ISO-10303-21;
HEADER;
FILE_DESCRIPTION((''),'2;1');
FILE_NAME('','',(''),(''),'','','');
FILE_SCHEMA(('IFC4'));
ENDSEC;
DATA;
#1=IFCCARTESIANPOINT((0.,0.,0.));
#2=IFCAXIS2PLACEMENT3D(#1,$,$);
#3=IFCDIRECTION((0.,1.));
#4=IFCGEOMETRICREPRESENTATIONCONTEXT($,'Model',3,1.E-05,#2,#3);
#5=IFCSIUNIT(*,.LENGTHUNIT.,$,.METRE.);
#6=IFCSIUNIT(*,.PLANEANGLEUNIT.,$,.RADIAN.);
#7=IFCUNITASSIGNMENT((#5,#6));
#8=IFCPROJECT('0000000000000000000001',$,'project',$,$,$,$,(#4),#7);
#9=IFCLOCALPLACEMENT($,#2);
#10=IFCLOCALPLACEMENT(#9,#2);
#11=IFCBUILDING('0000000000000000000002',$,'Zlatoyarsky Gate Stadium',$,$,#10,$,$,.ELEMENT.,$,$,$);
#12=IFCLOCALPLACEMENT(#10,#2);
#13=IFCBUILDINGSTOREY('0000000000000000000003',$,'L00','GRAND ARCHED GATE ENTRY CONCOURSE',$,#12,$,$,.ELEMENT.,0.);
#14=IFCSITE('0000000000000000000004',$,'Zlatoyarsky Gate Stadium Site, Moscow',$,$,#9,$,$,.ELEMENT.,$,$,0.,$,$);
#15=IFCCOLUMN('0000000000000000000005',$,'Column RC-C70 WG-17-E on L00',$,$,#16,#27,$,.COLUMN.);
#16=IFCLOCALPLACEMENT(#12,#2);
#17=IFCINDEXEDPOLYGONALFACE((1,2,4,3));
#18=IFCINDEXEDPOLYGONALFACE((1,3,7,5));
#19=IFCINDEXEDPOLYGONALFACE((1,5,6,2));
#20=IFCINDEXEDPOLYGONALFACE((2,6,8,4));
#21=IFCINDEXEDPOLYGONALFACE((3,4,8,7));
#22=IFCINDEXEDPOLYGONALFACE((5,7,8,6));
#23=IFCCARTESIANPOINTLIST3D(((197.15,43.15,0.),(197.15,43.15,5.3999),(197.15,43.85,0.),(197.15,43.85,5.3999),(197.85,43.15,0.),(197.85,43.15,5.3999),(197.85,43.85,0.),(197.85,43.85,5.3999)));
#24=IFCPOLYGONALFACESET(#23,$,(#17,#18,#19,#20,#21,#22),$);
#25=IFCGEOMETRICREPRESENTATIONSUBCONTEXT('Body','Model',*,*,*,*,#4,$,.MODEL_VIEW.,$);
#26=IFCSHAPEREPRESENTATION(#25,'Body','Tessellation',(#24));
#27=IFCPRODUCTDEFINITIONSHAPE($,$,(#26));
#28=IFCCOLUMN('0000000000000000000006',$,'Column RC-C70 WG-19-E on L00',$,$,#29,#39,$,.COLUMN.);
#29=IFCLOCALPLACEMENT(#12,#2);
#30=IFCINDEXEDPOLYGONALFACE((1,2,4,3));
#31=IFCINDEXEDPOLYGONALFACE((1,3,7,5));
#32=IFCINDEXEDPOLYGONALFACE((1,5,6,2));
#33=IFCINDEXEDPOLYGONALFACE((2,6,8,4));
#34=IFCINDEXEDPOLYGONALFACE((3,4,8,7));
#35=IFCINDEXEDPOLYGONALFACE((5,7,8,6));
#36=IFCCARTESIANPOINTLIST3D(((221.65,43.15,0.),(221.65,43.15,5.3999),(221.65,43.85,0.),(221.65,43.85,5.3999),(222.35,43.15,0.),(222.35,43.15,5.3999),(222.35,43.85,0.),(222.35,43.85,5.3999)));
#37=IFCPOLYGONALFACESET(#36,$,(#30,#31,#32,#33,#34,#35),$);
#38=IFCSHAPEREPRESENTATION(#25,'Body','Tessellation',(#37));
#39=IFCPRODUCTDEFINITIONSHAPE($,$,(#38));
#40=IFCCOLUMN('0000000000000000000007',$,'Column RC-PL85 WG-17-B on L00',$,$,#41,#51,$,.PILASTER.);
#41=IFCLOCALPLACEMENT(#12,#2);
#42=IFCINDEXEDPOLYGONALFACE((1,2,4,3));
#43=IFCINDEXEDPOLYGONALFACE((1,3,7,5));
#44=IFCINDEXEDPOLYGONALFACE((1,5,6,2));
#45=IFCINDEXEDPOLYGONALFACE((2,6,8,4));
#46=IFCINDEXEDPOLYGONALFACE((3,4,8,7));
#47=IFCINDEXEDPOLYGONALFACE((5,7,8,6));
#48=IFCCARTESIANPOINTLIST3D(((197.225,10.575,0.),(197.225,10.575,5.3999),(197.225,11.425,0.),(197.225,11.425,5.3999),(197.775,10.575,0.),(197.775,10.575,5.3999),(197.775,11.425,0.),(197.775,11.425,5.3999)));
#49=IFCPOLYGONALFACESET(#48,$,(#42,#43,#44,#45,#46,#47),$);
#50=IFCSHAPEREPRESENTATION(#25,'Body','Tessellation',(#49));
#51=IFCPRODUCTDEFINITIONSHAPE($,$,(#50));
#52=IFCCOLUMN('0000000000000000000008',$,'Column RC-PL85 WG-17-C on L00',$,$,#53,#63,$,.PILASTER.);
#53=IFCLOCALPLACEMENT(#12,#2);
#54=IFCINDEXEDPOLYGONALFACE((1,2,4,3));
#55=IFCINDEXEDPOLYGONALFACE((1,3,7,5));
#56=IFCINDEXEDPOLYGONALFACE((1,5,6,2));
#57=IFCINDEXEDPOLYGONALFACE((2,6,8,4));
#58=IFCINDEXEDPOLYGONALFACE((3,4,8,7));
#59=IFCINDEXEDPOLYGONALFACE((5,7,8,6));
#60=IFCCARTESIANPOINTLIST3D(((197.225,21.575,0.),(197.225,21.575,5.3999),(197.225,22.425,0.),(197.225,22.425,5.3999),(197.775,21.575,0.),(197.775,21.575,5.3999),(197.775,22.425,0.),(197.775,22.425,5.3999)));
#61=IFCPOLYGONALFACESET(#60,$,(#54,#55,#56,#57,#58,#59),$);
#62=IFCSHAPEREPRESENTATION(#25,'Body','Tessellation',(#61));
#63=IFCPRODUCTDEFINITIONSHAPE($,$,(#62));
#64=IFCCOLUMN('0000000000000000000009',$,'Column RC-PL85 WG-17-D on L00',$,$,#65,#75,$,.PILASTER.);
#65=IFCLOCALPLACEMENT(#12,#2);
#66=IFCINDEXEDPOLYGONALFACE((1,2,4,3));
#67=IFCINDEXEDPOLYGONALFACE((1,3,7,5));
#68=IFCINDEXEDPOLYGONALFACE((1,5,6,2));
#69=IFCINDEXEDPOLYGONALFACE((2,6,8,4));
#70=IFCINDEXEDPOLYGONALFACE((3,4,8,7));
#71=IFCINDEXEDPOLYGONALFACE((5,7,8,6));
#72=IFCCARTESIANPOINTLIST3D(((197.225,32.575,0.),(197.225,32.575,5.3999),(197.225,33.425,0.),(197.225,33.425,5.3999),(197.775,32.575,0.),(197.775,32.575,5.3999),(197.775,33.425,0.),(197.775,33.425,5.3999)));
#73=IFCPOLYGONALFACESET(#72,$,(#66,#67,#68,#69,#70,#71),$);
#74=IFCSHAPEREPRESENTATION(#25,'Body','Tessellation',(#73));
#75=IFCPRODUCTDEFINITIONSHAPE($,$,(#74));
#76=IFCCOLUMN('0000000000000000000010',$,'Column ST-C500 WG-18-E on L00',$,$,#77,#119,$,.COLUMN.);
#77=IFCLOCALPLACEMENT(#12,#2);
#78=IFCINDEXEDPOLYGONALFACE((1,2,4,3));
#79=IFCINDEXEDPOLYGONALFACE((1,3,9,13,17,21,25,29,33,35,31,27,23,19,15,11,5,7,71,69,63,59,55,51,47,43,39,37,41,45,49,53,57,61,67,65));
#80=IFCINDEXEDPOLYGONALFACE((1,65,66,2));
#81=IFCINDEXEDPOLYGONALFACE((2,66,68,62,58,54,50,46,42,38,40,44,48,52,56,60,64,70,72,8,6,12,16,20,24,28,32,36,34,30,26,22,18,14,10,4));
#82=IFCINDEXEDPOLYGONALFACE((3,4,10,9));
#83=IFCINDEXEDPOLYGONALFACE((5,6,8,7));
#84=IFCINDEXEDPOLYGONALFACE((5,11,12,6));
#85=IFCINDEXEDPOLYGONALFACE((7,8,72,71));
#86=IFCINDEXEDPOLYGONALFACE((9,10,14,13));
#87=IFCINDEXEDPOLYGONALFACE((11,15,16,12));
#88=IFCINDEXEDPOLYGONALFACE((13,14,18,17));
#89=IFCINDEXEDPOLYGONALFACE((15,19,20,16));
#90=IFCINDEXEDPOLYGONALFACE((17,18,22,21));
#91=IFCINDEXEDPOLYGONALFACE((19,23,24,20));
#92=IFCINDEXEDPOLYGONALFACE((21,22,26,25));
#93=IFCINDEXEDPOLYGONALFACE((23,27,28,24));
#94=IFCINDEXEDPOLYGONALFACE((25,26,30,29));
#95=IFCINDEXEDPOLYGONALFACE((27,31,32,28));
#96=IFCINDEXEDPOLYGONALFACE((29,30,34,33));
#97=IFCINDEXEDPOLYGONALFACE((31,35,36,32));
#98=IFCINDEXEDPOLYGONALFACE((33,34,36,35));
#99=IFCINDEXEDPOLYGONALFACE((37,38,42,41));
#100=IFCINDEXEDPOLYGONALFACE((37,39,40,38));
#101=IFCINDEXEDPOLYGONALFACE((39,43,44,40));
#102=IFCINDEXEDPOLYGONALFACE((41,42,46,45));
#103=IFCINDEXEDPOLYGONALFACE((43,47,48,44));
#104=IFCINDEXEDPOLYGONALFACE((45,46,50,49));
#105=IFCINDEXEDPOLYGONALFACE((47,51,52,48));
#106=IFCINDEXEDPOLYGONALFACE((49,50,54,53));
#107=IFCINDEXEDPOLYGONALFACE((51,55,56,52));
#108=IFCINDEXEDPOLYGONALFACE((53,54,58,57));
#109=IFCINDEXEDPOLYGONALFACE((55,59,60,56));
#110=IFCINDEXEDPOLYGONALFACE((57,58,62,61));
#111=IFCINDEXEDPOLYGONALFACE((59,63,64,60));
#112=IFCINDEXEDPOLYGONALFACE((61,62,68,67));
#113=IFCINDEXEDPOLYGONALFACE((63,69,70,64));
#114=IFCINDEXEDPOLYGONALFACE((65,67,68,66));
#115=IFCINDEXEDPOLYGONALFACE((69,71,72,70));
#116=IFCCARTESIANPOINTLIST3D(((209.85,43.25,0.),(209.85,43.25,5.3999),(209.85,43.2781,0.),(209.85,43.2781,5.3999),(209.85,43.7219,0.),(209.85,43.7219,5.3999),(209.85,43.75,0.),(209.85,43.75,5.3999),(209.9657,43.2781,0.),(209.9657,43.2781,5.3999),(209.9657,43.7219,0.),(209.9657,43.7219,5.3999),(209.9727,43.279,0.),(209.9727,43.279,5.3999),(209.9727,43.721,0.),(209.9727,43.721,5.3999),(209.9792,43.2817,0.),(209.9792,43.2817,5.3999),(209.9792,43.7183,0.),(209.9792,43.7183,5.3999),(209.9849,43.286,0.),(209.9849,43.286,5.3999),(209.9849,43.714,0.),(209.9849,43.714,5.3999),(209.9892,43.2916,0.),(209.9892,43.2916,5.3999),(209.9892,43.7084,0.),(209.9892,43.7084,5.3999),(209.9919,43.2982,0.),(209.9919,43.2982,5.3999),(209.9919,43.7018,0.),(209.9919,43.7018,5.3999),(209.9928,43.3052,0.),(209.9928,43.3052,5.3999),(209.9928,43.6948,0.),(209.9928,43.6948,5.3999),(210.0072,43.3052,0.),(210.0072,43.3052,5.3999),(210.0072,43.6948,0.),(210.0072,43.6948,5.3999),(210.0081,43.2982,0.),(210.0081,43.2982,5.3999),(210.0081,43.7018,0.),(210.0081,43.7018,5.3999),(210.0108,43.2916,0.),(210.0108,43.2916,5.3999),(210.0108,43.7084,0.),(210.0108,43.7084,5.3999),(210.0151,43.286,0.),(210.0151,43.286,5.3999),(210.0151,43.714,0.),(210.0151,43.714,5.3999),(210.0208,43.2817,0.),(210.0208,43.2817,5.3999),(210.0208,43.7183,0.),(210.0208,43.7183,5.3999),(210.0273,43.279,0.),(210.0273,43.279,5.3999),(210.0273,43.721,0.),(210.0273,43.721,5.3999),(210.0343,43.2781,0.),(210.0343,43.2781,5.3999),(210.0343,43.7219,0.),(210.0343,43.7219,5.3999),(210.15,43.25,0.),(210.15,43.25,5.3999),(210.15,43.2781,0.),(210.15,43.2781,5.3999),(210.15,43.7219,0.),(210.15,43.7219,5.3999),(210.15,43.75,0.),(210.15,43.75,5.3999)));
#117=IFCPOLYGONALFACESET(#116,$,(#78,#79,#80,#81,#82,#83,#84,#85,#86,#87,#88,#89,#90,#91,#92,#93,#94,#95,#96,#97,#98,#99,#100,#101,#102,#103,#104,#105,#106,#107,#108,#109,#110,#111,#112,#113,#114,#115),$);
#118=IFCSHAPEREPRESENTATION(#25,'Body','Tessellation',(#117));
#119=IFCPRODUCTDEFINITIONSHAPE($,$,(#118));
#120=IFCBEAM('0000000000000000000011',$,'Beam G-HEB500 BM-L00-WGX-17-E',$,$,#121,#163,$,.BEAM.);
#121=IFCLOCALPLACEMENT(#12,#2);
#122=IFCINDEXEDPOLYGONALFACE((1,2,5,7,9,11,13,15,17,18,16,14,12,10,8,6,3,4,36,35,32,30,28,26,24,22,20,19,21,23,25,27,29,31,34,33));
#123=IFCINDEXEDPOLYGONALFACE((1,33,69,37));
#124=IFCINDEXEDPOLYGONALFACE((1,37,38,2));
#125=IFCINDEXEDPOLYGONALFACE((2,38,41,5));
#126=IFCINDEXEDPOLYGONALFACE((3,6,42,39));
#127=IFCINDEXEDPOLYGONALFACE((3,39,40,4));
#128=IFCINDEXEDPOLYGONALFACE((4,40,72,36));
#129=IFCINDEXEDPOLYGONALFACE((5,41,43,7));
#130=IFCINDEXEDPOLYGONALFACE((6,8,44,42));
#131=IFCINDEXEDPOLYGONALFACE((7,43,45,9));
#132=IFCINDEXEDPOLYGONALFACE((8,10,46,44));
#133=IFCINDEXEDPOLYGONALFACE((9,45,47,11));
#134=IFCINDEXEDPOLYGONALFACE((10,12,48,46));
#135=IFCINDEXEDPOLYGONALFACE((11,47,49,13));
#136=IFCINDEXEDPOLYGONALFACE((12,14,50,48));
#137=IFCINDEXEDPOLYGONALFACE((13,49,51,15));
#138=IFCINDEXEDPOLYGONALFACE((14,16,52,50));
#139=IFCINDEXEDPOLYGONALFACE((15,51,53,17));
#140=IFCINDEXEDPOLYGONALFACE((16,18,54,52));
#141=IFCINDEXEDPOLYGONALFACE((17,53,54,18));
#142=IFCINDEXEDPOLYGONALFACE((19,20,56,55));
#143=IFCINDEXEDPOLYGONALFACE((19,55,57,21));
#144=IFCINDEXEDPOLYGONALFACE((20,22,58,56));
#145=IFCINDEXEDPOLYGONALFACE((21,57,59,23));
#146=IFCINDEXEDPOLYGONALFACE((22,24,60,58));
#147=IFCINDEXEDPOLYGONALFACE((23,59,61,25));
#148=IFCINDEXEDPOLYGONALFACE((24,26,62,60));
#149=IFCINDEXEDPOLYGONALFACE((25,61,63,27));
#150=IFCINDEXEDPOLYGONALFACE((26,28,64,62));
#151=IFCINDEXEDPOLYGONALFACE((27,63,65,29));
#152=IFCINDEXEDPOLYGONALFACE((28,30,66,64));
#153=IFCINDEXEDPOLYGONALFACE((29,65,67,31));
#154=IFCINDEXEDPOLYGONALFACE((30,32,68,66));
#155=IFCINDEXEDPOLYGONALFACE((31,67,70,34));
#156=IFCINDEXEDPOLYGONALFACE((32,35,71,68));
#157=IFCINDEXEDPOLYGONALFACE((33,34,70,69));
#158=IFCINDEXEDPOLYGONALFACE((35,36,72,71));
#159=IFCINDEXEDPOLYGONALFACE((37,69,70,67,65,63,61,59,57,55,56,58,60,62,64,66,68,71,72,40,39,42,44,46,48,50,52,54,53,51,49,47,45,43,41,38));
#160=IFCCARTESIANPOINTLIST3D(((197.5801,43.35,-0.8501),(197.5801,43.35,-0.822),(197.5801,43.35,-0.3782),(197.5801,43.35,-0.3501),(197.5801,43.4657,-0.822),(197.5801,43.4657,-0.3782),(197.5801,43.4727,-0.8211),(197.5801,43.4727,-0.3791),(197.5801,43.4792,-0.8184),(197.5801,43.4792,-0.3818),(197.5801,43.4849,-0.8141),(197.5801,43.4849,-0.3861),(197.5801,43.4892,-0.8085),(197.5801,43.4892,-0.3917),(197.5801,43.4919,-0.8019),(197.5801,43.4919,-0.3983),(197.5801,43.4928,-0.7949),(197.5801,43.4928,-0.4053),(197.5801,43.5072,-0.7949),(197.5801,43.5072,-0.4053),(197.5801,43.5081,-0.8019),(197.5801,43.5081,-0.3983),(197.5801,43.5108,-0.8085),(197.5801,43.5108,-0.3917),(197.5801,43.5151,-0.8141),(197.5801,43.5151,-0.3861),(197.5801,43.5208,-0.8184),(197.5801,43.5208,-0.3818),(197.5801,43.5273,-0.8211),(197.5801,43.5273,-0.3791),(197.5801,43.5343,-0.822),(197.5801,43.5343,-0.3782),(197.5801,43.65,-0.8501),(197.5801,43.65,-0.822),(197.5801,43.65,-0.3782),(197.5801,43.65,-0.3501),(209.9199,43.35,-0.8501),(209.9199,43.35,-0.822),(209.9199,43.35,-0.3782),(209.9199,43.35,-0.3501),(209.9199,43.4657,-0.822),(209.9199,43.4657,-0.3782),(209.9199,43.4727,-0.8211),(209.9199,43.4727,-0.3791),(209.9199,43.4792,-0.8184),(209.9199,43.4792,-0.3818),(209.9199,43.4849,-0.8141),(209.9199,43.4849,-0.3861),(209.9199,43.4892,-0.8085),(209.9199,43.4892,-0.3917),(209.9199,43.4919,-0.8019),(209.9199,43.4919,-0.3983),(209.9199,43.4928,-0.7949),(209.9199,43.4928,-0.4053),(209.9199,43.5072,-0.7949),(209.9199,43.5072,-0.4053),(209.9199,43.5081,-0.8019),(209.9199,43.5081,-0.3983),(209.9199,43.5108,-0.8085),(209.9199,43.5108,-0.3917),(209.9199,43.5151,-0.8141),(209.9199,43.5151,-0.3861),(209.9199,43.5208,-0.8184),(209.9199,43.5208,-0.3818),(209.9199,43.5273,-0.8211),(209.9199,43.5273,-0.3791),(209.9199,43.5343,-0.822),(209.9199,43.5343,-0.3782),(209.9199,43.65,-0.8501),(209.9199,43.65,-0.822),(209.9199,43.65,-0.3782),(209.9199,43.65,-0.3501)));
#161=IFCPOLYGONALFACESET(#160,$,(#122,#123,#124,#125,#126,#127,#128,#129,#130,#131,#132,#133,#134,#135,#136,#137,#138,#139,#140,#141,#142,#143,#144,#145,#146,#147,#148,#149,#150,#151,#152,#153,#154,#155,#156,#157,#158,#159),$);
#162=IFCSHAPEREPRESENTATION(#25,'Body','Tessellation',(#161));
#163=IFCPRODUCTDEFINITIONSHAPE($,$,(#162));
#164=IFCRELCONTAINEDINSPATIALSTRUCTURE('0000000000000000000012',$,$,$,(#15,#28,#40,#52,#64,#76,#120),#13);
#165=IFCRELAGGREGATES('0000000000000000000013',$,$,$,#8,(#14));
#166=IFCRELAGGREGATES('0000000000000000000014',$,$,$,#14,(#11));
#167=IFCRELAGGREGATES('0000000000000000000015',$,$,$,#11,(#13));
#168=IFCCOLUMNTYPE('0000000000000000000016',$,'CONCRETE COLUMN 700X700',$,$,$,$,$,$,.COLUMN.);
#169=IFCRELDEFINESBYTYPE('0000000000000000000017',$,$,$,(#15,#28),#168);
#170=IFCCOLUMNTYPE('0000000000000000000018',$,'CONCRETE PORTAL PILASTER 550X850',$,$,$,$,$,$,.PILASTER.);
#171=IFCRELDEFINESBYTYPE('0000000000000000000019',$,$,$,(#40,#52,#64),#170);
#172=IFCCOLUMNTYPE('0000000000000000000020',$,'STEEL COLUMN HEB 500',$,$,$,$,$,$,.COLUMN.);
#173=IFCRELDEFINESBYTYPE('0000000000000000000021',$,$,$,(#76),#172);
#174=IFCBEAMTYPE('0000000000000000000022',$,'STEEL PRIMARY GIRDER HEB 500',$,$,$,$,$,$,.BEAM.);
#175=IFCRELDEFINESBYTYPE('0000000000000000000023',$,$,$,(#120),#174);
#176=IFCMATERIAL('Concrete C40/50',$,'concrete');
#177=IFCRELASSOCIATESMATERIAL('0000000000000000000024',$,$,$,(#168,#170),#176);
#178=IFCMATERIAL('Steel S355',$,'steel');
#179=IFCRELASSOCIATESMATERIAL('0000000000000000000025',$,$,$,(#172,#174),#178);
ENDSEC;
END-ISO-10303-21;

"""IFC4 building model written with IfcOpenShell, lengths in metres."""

from ifc_helpers import new_model, si_unit, direction, frame, origin, origin_2d, place, context, subcontext, project, spatial, rectangle, i_section, extrude, material, material_profile, profile_set, type_object, element, save


model = new_model("IFC4")

# Units and contexts
model_context = context("Model", 3, precision=1e-05, world=origin(), true_north=direction((0.0, 1.0)))
body_context = subcontext(model_context, "Body", "Model", "MODEL_VIEW")
ifc_project = project(units=[si_unit("LENGTHUNIT", "METRE"), si_unit("PLANEANGLEUNIT", "RADIAN")], contexts=[model_context])

# Site, building, storey
site_placement = place(None, origin())
site = spatial("IfcSite", under=ifc_project, at=site_placement, Name="Zlatoyarsky Gate Stadium Site, Moscow", CompositionType="ELEMENT", RefElevation=0.0)
building_placement = place(site_placement, origin())
building = spatial("IfcBuilding", under=site, at=building_placement, Name="Zlatoyarsky Gate Stadium", CompositionType="ELEMENT")
storey_placement = place(building_placement, origin())
storey = spatial("IfcBuildingStorey", under=building, at=storey_placement, Name="L00", Description="GRAND ARCHED GATE ENTRY CONCOURSE", CompositionType="ELEMENT", Elevation=0.0)

# Columns
ifc_material_1 = material(Name="Concrete C40/50", Category="concrete")
ifc_material_profile_1 = material_profile(ifc_material_1, rectangle(XDim=0.7, YDim=0.7, at=origin_2d()), Name="RC COL 700X700")
ifc_profile_set_1 = profile_set([ifc_material_profile_1], Name="Concrete C40/50")
column_type_1 = type_object("IfcColumnType", Name="CONCRETE COLUMN 700X700", PredefinedType="COLUMN", material=ifc_profile_set_1)
for number, where, z_axis, x_axis, name in (
    (1, (197.5, 43.5, 0.0), (0.0, 0.0, 1.0), (1.0, 0.0, 0.0), "Column RC-C70 WG-17-E on L00"),
    (2, (222.0, 43.5, 0.0), (0.0, 0.0, 1.0), (1.0, 0.0, 0.0), "Column RC-C70 WG-19-E on L00"),
):
    element("IfcColumn", number, at=place(storey_placement, frame(where, z_axis=z_axis, x_axis=x_axis)), inside=storey, type_object=column_type_1, Name=name, PredefinedType="COLUMN", context=body_context, shape_type="SweptSolid", body=[
        extrude(rectangle(XDim=0.7, YDim=0.7, at=origin_2d()), origin(), (0.0, 0.0, 1.0), 5.3999),
    ])
ifc_material_profile_2 = material_profile(ifc_material_1, rectangle(XDim=0.55, YDim=0.8501, at=origin_2d()), Name="RC PILASTER 550X850")
ifc_profile_set_2 = profile_set([ifc_material_profile_2], Name="Concrete C40/50")
column_type_2 = type_object("IfcColumnType", Name="CONCRETE PORTAL PILASTER 550X850", PredefinedType="PILASTER", material=ifc_profile_set_2)
for number, where, z_axis, x_axis, name in (
    (3, (197.5, 11.0, 0.0), (0.0, 0.0, 1.0), (1.0, 0.0, 0.0), "Column RC-PL85 WG-17-B on L00"),
    (4, (197.5, 22.0, 0.0), (0.0, 0.0, 1.0), (1.0, 0.0, 0.0), "Column RC-PL85 WG-17-C on L00"),
    (5, (197.5, 33.0, 0.0), (0.0, 0.0, 1.0), (1.0, 0.0, 0.0), "Column RC-PL85 WG-17-D on L00"),
):
    element("IfcColumn", number, at=place(storey_placement, frame(where, z_axis=z_axis, x_axis=x_axis)), inside=storey, type_object=column_type_2, Name=name, PredefinedType="PILASTER", context=body_context, shape_type="SweptSolid", body=[
        extrude(rectangle(XDim=0.55, YDim=0.8501, at=origin_2d()), origin(), (0.0, 0.0, 1.0), 5.3999),
    ])
ifc_material_2 = material(Name="Steel S355", Category="steel")
ifc_material_profile_3 = material_profile(ifc_material_2, i_section(OverallWidth=0.3, OverallDepth=0.5, WebThickness=0.0144, FlangeThickness=0.0281, FilletRadius=0.0271, at=origin_2d()), Name="HEB 500")
ifc_profile_set_3 = profile_set([ifc_material_profile_3], Name="Steel S355")
column_type_3 = type_object("IfcColumnType", Name="STEEL COLUMN HEB 500", PredefinedType="COLUMN", material=ifc_profile_set_3)
column_placement = place(storey_placement, frame((210.0, 43.5, 0.0), z_axis=(0.0, 0.0, 1.0), x_axis=(1.0, 0.0, 0.0)))
element("IfcColumn", 6, at=column_placement, inside=storey, type_object=column_type_3, Name="Column ST-C500 WG-18-E on L00", PredefinedType="COLUMN", context=body_context, shape_type="SweptSolid", body=[
    extrude(i_section(OverallWidth=0.3, OverallDepth=0.5, WebThickness=0.0144, FlangeThickness=0.0281, FilletRadius=0.0271, at=origin_2d()), origin(), (0.0, 0.0, 1.0), 5.3999),
])

# Beam
ifc_material_profile_4 = material_profile(ifc_material_2, i_section(OverallWidth=0.3, OverallDepth=0.5, WebThickness=0.0144, FlangeThickness=0.0281, FilletRadius=0.0271, at=origin_2d()), Name="HEB 500")
ifc_profile_set_4 = profile_set([ifc_material_profile_4], Name="Steel S355")
beam_type_1 = type_object("IfcBeamType", Name="STEEL PRIMARY GIRDER HEB 500", PredefinedType="BEAM", material=ifc_profile_set_4)
beam_1_placement = place(storey_placement, frame((197.5801, 43.5, -0.6001), z_axis=(1.0, 0.0, 0.0), x_axis=(0.0, 1.0, 0.0)))
element("IfcBeam", 7, at=beam_1_placement, inside=storey, type_object=beam_type_1, Name="Beam G-HEB500 BM-L00-WGX-17-E", PredefinedType="BEAM", context=body_context, shape_type="SweptSolid", body=[
    extrude(i_section(OverallWidth=0.3, OverallDepth=0.5, WebThickness=0.0144, FlangeThickness=0.0281, FilletRadius=0.0271, at=origin_2d()), origin(), (0.0, 0.0, 1.0), 12.3398),
])

save(model, "model.ifc")
